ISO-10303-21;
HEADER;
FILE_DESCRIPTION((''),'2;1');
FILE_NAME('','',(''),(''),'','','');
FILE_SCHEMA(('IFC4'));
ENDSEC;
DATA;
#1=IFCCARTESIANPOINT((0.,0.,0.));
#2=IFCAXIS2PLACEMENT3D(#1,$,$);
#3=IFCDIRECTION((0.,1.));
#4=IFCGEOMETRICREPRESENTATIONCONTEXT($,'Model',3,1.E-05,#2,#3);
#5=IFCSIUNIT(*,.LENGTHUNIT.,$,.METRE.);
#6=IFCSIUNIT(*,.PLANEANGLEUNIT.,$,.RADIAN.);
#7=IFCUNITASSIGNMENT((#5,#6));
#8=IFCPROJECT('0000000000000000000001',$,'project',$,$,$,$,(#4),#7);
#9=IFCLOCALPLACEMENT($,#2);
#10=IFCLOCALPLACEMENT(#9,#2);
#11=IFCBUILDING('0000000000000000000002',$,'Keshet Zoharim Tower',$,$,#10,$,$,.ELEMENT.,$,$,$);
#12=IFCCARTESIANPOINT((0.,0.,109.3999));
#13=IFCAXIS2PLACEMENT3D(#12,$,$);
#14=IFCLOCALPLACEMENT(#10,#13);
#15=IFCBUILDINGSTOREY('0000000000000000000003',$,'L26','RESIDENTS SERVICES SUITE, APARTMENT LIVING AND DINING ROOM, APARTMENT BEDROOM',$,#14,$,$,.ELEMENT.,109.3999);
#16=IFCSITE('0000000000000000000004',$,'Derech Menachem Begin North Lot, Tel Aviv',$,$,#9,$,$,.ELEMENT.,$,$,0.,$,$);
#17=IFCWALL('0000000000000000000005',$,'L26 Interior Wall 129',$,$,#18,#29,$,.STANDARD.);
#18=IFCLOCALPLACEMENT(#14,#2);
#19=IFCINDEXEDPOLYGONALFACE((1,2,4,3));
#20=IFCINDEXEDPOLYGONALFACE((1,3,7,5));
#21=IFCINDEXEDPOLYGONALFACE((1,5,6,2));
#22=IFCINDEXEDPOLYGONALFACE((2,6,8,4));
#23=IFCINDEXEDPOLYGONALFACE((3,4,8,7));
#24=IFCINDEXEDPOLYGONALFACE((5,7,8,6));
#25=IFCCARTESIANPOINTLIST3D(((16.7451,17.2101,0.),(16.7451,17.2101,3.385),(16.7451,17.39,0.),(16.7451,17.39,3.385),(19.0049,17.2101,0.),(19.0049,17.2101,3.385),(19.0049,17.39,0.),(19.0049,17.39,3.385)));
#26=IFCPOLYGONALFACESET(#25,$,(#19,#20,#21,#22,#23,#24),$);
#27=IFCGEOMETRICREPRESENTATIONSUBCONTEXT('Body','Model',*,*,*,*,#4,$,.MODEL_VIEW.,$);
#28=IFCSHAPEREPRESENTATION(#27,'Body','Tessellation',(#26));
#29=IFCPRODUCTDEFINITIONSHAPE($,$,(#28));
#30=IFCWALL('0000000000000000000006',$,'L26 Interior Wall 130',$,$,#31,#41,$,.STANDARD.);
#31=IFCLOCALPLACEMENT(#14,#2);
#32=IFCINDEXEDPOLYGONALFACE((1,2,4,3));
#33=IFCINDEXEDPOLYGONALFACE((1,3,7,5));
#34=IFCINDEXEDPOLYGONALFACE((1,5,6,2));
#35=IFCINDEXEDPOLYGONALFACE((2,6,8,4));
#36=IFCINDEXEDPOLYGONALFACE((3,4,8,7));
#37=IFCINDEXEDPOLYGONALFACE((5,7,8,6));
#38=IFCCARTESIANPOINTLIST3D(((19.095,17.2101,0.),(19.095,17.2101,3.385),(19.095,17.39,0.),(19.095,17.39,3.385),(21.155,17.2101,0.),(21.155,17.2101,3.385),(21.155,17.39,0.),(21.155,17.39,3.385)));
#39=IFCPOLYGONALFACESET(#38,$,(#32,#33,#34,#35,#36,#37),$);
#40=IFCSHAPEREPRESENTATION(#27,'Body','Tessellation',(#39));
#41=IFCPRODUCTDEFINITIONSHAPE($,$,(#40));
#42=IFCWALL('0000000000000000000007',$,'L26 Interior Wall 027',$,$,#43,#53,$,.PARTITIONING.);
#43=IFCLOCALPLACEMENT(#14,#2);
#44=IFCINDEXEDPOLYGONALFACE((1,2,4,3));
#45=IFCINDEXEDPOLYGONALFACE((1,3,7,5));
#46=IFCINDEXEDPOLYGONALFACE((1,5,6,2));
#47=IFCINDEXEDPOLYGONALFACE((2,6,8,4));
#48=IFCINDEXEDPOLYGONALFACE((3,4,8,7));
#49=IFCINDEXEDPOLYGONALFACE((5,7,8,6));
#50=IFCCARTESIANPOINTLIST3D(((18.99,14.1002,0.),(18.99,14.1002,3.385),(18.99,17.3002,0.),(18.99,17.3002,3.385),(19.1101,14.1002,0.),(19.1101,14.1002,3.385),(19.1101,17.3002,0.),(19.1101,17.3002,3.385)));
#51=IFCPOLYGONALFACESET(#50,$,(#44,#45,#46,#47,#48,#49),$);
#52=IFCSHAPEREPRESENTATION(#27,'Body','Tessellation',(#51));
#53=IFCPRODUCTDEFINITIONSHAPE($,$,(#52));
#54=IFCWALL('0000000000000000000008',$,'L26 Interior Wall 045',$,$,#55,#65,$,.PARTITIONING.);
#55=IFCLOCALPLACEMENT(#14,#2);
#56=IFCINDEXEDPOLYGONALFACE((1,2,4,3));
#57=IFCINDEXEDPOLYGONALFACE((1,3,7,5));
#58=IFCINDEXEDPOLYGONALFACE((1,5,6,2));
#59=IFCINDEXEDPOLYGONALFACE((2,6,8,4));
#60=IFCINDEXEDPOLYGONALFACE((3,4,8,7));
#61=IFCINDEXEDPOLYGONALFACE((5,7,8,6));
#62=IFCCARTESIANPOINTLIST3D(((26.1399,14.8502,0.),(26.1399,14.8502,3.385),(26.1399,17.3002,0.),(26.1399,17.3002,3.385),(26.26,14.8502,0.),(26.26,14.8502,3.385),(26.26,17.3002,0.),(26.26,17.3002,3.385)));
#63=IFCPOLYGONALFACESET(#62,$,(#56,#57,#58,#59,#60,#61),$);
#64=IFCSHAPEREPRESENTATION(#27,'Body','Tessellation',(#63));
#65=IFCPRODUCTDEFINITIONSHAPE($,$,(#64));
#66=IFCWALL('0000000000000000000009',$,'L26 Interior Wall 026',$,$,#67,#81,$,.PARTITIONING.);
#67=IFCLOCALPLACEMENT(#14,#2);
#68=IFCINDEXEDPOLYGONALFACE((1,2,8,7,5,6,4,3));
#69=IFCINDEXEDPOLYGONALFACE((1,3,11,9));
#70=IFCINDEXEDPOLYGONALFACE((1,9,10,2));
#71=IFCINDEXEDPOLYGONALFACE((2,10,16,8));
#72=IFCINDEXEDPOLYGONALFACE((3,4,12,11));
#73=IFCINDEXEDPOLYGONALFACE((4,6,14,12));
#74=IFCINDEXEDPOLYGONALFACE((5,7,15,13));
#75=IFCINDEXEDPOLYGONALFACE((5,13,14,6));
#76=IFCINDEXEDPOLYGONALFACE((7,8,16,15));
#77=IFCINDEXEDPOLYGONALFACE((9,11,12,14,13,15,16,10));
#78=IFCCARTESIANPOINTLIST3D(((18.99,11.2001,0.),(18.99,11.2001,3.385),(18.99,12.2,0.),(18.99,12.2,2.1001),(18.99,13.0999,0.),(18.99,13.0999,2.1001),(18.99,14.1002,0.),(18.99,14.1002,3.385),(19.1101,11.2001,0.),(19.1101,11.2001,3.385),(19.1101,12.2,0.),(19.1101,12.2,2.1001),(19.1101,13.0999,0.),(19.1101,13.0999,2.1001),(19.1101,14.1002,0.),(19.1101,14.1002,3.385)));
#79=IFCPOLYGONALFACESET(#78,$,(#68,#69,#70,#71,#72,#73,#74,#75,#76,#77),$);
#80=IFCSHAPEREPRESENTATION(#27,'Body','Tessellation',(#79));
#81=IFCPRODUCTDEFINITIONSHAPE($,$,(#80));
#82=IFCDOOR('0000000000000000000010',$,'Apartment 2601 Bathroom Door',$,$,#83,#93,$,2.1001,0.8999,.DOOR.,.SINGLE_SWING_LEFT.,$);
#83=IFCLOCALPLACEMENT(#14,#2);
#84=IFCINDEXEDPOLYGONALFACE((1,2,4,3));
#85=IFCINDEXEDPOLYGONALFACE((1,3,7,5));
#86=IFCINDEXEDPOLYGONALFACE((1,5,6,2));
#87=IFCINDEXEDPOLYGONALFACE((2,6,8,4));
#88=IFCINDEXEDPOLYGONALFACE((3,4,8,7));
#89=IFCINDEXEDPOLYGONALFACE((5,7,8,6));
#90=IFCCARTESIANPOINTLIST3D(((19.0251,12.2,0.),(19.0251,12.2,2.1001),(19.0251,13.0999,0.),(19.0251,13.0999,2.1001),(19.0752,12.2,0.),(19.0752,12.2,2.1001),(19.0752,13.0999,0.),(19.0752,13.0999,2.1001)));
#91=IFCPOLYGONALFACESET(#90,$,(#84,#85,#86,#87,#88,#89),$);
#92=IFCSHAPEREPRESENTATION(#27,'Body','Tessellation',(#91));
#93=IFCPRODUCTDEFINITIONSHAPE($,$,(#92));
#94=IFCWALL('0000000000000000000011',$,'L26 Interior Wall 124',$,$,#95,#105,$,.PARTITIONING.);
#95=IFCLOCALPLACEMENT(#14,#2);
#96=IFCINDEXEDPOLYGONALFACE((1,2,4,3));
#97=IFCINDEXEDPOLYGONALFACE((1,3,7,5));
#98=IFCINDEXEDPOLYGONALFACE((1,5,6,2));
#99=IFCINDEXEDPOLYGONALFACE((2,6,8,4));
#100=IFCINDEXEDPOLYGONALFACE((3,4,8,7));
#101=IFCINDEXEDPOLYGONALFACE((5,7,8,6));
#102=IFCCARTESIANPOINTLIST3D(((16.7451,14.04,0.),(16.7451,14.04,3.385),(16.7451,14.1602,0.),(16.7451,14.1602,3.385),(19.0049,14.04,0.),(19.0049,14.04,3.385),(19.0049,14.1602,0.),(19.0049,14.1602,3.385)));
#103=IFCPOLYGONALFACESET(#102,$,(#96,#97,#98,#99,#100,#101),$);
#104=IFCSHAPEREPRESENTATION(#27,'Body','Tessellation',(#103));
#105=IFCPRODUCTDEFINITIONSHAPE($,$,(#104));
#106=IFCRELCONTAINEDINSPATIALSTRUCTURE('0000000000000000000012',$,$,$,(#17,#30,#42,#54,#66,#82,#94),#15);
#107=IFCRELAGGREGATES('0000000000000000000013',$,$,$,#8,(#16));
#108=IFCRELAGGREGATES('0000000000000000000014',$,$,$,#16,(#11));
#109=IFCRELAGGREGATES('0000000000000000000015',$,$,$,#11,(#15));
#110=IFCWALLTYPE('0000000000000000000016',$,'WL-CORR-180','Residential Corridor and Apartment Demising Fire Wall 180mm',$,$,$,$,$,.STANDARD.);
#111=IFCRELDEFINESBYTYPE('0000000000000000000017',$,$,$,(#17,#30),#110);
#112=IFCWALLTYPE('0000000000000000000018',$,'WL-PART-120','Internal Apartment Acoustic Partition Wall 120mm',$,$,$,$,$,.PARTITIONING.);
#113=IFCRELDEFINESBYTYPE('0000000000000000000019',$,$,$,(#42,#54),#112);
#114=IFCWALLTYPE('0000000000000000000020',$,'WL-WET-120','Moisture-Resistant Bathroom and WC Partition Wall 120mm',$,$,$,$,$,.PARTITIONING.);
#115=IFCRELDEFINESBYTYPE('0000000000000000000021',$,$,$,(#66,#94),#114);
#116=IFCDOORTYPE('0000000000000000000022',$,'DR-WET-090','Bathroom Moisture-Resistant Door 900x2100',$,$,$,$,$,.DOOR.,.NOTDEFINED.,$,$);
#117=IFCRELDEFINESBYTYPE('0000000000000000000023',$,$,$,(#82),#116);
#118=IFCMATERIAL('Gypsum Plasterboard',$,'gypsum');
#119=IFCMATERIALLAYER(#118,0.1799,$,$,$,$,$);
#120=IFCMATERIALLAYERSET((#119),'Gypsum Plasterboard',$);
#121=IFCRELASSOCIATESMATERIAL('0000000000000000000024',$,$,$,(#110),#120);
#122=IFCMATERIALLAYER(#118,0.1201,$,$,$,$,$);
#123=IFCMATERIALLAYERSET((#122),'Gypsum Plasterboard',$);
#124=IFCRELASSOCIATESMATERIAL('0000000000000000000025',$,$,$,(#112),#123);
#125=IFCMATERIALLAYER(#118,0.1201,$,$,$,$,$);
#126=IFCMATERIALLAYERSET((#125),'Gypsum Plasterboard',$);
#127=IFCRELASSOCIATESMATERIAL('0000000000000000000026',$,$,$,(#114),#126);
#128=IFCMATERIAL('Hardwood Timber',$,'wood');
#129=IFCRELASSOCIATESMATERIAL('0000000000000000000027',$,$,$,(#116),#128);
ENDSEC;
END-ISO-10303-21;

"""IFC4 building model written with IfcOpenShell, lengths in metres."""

from ifc_helpers import new_model, si_unit, direction, frame, frame_2d, origin, place, context, subcontext, project, spatial, rectangle, extrude, material, layer, layer_set, type_object, element, fill, save


model = new_model("IFC4")

# Units and contexts
model_context = context("Model", 3, precision=1e-05, world=origin(), true_north=direction((0.0, 1.0)))
body_context = subcontext(model_context, "Body", "Model", "MODEL_VIEW")
ifc_project = project(units=[si_unit("LENGTHUNIT", "METRE"), si_unit("PLANEANGLEUNIT", "RADIAN")], contexts=[model_context])

# Site, building, storey
site_placement = place(None, origin())
site = spatial("IfcSite", under=ifc_project, at=site_placement, Name="Derech Menachem Begin North Lot, Tel Aviv", CompositionType="ELEMENT", RefElevation=0.0)
building_placement = place(site_placement, origin())
building = spatial("IfcBuilding", under=site, at=building_placement, Name="Keshet Zoharim Tower", CompositionType="ELEMENT")
storey_placement = place(building_placement, frame((0.0, 0.0, 109.3999)))
storey = spatial("IfcBuildingStorey", under=building, at=storey_placement, Name="L26", Description="RESIDENTS SERVICES SUITE, APARTMENT LIVING AND DINING ROOM, APARTMENT BEDROOM", CompositionType="ELEMENT", Elevation=109.3999)

# Shared definitions
ifc_material_1 = material(Name="Gypsum Plasterboard", Category="gypsum")
ifc_material_2 = material(Name="Hardwood Timber", Category="wood")

# Walls
ifc_layer_1 = layer(ifc_material_1, 0.1799)
ifc_layer_set_1 = layer_set([ifc_layer_1], Name="Gypsum Plasterboard")
wall_type_1 = type_object("IfcWallType", Name="WL-CORR-180", Description="Residential Corridor and Apartment Demising Fire Wall 180mm", PredefinedType="STANDARD", material=ifc_layer_set_1)
wall_1_placement = place(storey_placement, frame((16.7451, 17.3, 0.0), z_axis=(0.0, 0.0, 1.0), x_axis=(1.0, 0.0, 0.0)))
element("IfcWall", 1, at=wall_1_placement, inside=storey, type_object=wall_type_1, Name="L26 Interior Wall 129", PredefinedType="STANDARD", context=body_context, shape_type="SweptSolid", body=[
    extrude(rectangle(XDim=2.2598, YDim=0.1799, at=frame_2d((1.1299, 0.0))), origin(), (0.0, 0.0, 1.0), 3.385),
])
wall_2_placement = place(storey_placement, frame((19.095, 17.3, 0.0), z_axis=(0.0, 0.0, 1.0), x_axis=(1.0, 0.0, 0.0)))
element("IfcWall", 2, at=wall_2_placement, inside=storey, type_object=wall_type_1, Name="L26 Interior Wall 130", PredefinedType="STANDARD", context=body_context, shape_type="SweptSolid", body=[
    extrude(rectangle(XDim=2.0601, YDim=0.1799, at=frame_2d((1.03, 0.0))), origin(), (0.0, 0.0, 1.0), 3.385),
])

# Walls
ifc_layer_2 = layer(ifc_material_1, 0.1201)
ifc_layer_set_2 = layer_set([ifc_layer_2], Name="Gypsum Plasterboard")
wall_type_2 = type_object("IfcWallType", Name="WL-PART-120", Description="Internal Apartment Acoustic Partition Wall 120mm", PredefinedType="PARTITIONING", material=ifc_layer_set_2)
wall_3_placement = place(storey_placement, frame((19.05, 14.1001, 0.0), z_axis=(0.0, 0.0, 1.0), x_axis=(0.0, 1.0, 0.0)))
element("IfcWall", 3, at=wall_3_placement, inside=storey, type_object=wall_type_2, Name="L26 Interior Wall 027", PredefinedType="PARTITIONING", context=body_context, shape_type="SweptSolid", body=[
    extrude(rectangle(XDim=3.2, YDim=0.1201, at=frame_2d((1.6001, 0.0))), origin(), (0.0, 0.0, 1.0), 3.385),
])
wall_4_placement = place(storey_placement, frame((26.2, 14.8501, 0.0), z_axis=(0.0, 0.0, 1.0), x_axis=(0.0, 1.0, 0.0)))
element("IfcWall", 4, at=wall_4_placement, inside=storey, type_object=wall_type_2, Name="L26 Interior Wall 045", PredefinedType="PARTITIONING", context=body_context, shape_type="SweptSolid", body=[
    extrude(rectangle(XDim=2.45, YDim=0.1201, at=frame_2d((1.2251, 0.0))), origin(), (0.0, 0.0, 1.0), 3.385),
])

# Wall, opening, door
ifc_layer_3 = layer(ifc_material_1, 0.1201)
ifc_layer_set_3 = layer_set([ifc_layer_3], Name="Gypsum Plasterboard")
wall_type_3 = type_object("IfcWallType", Name="WL-WET-120", Description="Moisture-Resistant Bathroom and WC Partition Wall 120mm", PredefinedType="PARTITIONING", material=ifc_layer_set_3)
wall_5_placement = place(storey_placement, frame((19.05, 11.2, 0.0), z_axis=(0.0, 0.0, 1.0), x_axis=(0.0, 1.0, 0.0)))
wall_5 = element("IfcWall", 5, at=wall_5_placement, inside=storey, type_object=wall_type_3, Name="L26 Interior Wall 026", PredefinedType="PARTITIONING", context=body_context, shape_type="SweptSolid", body=[
    extrude(rectangle(XDim=2.9001, YDim=0.1201, at=frame_2d((1.4502, 0.0))), origin(), (0.0, 0.0, 1.0), 3.385),
])
opening_1_placement = place(wall_5_placement, frame((1.0, 0.0, 0.0)))
opening_1 = element("IfcOpeningElement", 6, at=opening_1_placement, cuts=wall_5, PredefinedType="OPENING", context=body_context, shape_type="SweptSolid", body=[
    extrude(rectangle(XDim=0.8999, YDim=2.1001, at=frame_2d((0.45, 1.05))), frame((0.0, 0.0701, 0.0), z_axis=(0.0, -1.0, 0.0), x_axis=(1.0, 0.0, 0.0)), (0.0, 0.0, 1.0), 0.1401),
])
door_type_1 = type_object("IfcDoorType", Name="DR-WET-090", Description="Bathroom Moisture-Resistant Door 900x2100", OperationType="NOTDEFINED", PredefinedType="DOOR", material=ifc_material_2)
door_1_placement = place(opening_1_placement, origin())
door_1 = element("IfcDoor", 7, at=door_1_placement, inside=storey, type_object=door_type_1, Name="Apartment 2601 Bathroom Door", OperationType="SINGLE_SWING_LEFT", OverallHeight=2.1001, OverallWidth=0.8999, PredefinedType="DOOR", context=body_context, shape_type="SweptSolid", body=[
    extrude(rectangle(XDim=0.8999, YDim=2.1001, at=frame_2d((0.45, 1.05))), frame((0.0, 0.0249, 0.0), z_axis=(0.0, -1.0, 0.0), x_axis=(1.0, 0.0, 0.0)), (0.0, 0.0, 1.0), 0.05),
])
fill(opening_1, door_1)

# Wall
wall_6_placement = place(storey_placement, frame((16.7451, 14.1001, 0.0), z_axis=(0.0, 0.0, 1.0), x_axis=(1.0, 0.0, 0.0)))
element("IfcWall", 8, at=wall_6_placement, inside=storey, type_object=wall_type_3, Name="L26 Interior Wall 124", PredefinedType="PARTITIONING", context=body_context, shape_type="SweptSolid", body=[
    extrude(rectangle(XDim=2.2598, YDim=0.1201, at=frame_2d((1.1299, 0.0))), origin(), (0.0, 0.0, 1.0), 3.385),
])

save(model, "model.ifc")
